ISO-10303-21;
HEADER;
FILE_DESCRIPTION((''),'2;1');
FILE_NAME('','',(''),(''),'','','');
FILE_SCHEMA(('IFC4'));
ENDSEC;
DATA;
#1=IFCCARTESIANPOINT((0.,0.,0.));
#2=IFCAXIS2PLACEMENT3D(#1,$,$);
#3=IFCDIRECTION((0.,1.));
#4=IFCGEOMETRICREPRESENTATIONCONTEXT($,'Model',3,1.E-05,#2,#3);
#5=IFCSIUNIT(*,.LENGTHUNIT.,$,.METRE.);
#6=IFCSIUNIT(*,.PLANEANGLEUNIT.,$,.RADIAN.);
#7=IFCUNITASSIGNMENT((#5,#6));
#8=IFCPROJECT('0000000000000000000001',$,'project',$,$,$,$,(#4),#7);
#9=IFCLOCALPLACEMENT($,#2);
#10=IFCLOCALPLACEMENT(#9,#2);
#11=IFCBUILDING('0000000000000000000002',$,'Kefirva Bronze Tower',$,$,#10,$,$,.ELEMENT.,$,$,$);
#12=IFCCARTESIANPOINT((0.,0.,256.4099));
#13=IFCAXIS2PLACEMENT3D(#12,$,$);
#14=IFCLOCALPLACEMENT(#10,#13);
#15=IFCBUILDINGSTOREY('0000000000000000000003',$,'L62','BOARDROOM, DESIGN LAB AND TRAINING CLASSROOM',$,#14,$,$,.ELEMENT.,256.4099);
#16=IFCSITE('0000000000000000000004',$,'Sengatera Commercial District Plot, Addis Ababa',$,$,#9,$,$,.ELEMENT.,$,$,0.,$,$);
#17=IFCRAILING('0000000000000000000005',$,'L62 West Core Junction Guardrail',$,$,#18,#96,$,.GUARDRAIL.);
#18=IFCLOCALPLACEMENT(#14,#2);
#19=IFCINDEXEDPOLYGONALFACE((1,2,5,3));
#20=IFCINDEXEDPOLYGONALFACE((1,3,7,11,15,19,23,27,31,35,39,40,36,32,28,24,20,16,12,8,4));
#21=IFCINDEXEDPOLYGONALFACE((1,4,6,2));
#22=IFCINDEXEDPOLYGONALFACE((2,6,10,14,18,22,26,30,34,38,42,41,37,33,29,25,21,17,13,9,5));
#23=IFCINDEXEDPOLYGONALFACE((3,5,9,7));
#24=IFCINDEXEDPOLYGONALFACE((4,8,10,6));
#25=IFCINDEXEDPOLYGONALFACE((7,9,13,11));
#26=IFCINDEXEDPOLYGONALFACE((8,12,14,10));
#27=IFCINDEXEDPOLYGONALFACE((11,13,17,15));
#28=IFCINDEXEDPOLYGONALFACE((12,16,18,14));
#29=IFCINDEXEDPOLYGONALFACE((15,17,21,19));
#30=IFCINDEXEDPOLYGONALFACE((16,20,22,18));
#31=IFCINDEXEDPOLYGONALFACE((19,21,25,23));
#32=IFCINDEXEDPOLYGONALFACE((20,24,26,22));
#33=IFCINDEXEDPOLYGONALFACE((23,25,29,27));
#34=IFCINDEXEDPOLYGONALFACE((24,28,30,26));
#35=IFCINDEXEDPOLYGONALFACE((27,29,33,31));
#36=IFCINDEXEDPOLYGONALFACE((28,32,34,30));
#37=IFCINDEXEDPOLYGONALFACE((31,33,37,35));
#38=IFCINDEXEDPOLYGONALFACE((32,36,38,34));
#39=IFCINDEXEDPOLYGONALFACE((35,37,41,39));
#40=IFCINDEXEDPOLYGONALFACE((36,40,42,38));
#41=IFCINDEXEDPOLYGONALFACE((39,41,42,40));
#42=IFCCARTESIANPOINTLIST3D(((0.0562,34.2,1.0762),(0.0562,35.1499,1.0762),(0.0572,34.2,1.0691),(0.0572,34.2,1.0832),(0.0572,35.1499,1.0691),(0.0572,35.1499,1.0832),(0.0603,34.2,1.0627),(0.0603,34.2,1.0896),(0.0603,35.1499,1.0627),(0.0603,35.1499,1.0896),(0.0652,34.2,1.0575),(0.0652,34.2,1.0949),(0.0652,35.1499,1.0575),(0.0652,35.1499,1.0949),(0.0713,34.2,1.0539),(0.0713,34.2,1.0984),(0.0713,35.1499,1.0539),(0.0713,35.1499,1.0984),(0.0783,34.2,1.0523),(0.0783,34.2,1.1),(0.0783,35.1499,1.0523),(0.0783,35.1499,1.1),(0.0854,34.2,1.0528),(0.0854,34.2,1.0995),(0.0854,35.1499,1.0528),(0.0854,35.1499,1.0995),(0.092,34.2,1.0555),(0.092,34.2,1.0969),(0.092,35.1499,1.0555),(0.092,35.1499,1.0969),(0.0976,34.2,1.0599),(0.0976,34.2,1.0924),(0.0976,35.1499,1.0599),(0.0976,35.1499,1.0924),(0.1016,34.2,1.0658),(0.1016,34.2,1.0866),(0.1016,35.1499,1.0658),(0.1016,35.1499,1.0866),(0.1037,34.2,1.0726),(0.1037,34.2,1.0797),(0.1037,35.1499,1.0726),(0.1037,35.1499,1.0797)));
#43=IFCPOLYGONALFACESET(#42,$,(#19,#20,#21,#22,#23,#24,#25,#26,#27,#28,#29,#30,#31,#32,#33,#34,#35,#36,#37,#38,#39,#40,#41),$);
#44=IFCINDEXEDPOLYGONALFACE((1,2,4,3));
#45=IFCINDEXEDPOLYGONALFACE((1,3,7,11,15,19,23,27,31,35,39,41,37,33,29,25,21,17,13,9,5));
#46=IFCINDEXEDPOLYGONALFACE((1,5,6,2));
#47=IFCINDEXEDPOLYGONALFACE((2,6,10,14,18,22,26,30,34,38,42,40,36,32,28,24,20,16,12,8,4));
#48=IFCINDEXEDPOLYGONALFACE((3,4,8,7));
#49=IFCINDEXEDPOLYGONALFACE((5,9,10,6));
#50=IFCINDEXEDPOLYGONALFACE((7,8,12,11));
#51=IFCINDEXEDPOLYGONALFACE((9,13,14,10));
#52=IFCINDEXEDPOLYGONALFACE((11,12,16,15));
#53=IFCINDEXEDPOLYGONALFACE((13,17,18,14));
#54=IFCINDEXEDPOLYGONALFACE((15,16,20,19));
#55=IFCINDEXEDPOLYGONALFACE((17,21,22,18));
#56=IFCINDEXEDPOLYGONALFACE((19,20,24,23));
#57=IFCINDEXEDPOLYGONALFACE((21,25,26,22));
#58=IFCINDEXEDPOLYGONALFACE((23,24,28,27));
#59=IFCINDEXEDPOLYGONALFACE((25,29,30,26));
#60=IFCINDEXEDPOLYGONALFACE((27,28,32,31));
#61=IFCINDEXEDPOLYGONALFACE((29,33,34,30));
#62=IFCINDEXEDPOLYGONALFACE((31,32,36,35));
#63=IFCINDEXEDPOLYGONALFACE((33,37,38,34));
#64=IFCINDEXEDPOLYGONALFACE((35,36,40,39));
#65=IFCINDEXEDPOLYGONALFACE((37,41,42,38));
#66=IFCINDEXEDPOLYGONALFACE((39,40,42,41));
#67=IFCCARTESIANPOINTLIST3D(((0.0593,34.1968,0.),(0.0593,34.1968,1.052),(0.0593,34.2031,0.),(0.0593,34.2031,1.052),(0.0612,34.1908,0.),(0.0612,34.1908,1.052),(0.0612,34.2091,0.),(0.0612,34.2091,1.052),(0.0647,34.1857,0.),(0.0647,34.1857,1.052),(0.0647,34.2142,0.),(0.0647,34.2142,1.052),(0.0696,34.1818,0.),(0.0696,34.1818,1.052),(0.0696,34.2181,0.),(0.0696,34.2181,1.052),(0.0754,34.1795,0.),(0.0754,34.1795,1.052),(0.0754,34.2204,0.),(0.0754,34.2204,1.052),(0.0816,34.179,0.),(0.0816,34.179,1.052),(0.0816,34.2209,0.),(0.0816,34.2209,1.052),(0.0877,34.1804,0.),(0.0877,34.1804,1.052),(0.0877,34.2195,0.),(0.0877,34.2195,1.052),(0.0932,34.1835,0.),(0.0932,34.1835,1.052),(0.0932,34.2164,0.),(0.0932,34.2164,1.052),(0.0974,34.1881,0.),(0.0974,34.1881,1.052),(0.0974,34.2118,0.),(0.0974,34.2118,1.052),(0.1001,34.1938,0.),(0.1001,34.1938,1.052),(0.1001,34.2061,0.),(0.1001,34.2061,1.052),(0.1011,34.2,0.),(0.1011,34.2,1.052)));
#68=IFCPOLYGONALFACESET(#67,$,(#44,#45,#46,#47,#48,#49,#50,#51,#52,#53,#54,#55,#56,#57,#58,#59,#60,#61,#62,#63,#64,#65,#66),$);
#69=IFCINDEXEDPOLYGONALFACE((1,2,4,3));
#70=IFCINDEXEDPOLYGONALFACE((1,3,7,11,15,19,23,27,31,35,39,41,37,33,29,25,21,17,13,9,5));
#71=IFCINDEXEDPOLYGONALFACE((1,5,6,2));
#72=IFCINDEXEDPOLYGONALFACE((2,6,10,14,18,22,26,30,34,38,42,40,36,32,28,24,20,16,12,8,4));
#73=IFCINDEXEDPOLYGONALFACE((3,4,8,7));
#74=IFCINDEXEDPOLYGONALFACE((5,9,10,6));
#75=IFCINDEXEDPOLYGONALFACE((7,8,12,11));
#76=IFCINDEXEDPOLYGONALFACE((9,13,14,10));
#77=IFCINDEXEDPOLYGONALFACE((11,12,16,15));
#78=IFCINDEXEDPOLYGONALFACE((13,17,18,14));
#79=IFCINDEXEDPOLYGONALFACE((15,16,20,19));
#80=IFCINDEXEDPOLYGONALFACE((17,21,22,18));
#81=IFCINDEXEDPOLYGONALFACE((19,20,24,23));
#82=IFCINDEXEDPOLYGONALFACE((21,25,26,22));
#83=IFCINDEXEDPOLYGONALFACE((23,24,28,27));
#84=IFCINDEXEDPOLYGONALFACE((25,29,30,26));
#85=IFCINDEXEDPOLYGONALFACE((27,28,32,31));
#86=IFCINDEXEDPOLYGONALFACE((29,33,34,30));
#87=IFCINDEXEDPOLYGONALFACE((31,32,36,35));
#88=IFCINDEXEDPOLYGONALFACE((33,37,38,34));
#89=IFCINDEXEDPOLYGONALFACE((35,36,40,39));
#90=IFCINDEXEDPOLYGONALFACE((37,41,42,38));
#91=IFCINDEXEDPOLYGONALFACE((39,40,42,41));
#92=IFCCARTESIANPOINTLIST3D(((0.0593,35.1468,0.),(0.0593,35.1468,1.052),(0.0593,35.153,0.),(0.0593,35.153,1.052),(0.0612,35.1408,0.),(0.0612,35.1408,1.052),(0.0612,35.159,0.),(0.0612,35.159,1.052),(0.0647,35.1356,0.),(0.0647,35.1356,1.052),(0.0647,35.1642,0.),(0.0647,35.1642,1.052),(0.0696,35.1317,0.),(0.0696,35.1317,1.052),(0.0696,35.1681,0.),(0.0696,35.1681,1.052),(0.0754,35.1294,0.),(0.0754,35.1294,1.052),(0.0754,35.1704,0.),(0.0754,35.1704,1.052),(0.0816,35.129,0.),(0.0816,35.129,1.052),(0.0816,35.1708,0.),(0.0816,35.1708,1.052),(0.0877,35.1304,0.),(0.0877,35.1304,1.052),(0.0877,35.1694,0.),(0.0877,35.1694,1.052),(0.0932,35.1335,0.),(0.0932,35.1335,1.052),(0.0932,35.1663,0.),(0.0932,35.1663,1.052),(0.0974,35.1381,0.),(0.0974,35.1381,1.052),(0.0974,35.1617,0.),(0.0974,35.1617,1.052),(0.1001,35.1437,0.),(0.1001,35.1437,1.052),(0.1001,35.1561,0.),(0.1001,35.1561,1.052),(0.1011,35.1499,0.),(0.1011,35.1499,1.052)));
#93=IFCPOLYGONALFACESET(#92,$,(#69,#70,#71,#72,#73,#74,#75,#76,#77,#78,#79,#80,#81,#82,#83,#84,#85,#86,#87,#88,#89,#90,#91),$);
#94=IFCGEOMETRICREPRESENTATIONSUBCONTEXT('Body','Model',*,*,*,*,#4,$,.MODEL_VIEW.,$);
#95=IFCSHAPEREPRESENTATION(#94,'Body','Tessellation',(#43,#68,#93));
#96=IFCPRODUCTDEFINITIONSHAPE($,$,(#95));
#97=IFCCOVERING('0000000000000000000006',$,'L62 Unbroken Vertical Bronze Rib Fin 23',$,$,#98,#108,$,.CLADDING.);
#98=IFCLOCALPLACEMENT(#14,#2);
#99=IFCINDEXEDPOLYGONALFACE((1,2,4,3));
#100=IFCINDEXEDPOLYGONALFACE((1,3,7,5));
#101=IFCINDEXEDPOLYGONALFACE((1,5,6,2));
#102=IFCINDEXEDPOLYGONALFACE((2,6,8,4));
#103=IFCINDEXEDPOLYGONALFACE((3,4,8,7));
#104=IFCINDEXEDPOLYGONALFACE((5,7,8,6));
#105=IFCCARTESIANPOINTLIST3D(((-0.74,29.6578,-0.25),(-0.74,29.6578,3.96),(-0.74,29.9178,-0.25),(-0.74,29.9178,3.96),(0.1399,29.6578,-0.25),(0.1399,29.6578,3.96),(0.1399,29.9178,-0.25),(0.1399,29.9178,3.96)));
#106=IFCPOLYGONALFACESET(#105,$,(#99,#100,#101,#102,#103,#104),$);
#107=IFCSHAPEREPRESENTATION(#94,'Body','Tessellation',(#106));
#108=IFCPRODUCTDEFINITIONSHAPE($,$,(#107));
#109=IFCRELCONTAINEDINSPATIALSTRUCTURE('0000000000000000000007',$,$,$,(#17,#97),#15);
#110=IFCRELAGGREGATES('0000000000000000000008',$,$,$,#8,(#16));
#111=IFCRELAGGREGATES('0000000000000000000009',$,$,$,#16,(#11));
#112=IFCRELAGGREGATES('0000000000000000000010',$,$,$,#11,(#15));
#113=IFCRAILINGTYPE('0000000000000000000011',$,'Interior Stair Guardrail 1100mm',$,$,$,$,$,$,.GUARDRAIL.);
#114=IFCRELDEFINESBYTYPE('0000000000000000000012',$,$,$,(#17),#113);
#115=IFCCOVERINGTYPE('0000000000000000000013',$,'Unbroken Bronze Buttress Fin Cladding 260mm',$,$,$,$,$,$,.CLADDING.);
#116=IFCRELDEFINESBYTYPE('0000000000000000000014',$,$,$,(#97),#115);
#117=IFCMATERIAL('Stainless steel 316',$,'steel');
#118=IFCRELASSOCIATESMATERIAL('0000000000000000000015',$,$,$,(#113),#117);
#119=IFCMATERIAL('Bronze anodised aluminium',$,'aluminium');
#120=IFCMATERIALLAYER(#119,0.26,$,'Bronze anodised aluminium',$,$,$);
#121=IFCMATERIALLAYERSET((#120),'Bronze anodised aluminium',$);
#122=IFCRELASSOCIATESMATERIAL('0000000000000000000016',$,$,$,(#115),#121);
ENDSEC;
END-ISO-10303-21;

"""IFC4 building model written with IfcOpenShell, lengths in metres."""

from ifc_helpers import new_model, si_unit, direction, frame, origin, origin_2d, place, context, subcontext, project, spatial, rectangle, circle, extrude, material, layer, layer_set, type_object, element, save


model = new_model("IFC4")

# Units and contexts
model_context = context("Model", 3, precision=1e-05, world=origin(), true_north=direction((0.0, 1.0)))
body_context = subcontext(model_context, "Body", "Model", "MODEL_VIEW")
ifc_project = project(units=[si_unit("LENGTHUNIT", "METRE"), si_unit("PLANEANGLEUNIT", "RADIAN")], contexts=[model_context])

# Site, building, storey
site_placement = place(None, origin())
site = spatial("IfcSite", under=ifc_project, at=site_placement, Name="Sengatera Commercial District Plot, Addis Ababa", CompositionType="ELEMENT", RefElevation=0.0)
building_placement = place(site_placement, origin())
building = spatial("IfcBuilding", under=site, at=building_placement, Name="Kefirva Bronze Tower", CompositionType="ELEMENT")
storey_placement = place(building_placement, frame((0.0, 0.0, 256.4099)))
storey = spatial("IfcBuildingStorey", under=building, at=storey_placement, Name="L62", Description="BOARDROOM, DESIGN LAB AND TRAINING CLASSROOM", CompositionType="ELEMENT", Elevation=256.4099)

# Shared definitions
ifc_material_1 = material(Name="Bronze anodised aluminium", Category="aluminium")

# Railing
ifc_material_2 = material(Name="Stainless steel 316", Category="steel")
railing_type = type_object("IfcRailingType", Name="Interior Stair Guardrail 1100mm", PredefinedType="GUARDRAIL", material=ifc_material_2)
railing_placement = place(storey_placement, frame((0.0801, 34.2, 0.0)))
element("IfcRailing", 1, at=railing_placement, inside=storey, type_object=railing_type, Name="L62 West Core Junction Guardrail", PredefinedType="GUARDRAIL", context=body_context, shape_type="SweptSolid", body=[
    extrude(circle(Radius=0.0239, at=origin_2d()), frame((0.0, 0.0, 1.0762), z_axis=(0.0, 1.0, 0.0), x_axis=(-1.0, 0.0, 0.0)), (0.0, 0.0, 1.0), 0.95),
    extrude(circle(Radius=0.021, at=origin_2d()), origin(), (0.0, 0.0, 1.0), 1.052),
    extrude(circle(Radius=0.021, at=origin_2d()), frame((0.0, 0.95, 0.0)), (0.0, 0.0, 1.0), 1.052),
])

# Covering
ifc_layer_1 = layer(ifc_material_1, 0.26, Name="Bronze anodised aluminium")
ifc_layer_set_1 = layer_set([ifc_layer_1], Name="Bronze anodised aluminium")
covering_type = type_object("IfcCoveringType", Name="Unbroken Bronze Buttress Fin Cladding 260mm", PredefinedType="CLADDING", material=ifc_layer_set_1)
covering_placement = place(storey_placement, frame((-0.3, 29.7878, -0.25), z_axis=(0.0, 0.0, 1.0), x_axis=(0.0, -1.0, 0.0)))
element("IfcCovering", 2, at=covering_placement, inside=storey, type_object=covering_type, Name="L62 Unbroken Vertical Bronze Rib Fin 23", PredefinedType="CLADDING", context=body_context, shape_type="SweptSolid", body=[
    extrude(rectangle(XDim=0.26, YDim=0.8799, at=origin_2d()), origin(), (0.0, 0.0, 1.0), 4.21),
])

save(model, "model.ifc")
